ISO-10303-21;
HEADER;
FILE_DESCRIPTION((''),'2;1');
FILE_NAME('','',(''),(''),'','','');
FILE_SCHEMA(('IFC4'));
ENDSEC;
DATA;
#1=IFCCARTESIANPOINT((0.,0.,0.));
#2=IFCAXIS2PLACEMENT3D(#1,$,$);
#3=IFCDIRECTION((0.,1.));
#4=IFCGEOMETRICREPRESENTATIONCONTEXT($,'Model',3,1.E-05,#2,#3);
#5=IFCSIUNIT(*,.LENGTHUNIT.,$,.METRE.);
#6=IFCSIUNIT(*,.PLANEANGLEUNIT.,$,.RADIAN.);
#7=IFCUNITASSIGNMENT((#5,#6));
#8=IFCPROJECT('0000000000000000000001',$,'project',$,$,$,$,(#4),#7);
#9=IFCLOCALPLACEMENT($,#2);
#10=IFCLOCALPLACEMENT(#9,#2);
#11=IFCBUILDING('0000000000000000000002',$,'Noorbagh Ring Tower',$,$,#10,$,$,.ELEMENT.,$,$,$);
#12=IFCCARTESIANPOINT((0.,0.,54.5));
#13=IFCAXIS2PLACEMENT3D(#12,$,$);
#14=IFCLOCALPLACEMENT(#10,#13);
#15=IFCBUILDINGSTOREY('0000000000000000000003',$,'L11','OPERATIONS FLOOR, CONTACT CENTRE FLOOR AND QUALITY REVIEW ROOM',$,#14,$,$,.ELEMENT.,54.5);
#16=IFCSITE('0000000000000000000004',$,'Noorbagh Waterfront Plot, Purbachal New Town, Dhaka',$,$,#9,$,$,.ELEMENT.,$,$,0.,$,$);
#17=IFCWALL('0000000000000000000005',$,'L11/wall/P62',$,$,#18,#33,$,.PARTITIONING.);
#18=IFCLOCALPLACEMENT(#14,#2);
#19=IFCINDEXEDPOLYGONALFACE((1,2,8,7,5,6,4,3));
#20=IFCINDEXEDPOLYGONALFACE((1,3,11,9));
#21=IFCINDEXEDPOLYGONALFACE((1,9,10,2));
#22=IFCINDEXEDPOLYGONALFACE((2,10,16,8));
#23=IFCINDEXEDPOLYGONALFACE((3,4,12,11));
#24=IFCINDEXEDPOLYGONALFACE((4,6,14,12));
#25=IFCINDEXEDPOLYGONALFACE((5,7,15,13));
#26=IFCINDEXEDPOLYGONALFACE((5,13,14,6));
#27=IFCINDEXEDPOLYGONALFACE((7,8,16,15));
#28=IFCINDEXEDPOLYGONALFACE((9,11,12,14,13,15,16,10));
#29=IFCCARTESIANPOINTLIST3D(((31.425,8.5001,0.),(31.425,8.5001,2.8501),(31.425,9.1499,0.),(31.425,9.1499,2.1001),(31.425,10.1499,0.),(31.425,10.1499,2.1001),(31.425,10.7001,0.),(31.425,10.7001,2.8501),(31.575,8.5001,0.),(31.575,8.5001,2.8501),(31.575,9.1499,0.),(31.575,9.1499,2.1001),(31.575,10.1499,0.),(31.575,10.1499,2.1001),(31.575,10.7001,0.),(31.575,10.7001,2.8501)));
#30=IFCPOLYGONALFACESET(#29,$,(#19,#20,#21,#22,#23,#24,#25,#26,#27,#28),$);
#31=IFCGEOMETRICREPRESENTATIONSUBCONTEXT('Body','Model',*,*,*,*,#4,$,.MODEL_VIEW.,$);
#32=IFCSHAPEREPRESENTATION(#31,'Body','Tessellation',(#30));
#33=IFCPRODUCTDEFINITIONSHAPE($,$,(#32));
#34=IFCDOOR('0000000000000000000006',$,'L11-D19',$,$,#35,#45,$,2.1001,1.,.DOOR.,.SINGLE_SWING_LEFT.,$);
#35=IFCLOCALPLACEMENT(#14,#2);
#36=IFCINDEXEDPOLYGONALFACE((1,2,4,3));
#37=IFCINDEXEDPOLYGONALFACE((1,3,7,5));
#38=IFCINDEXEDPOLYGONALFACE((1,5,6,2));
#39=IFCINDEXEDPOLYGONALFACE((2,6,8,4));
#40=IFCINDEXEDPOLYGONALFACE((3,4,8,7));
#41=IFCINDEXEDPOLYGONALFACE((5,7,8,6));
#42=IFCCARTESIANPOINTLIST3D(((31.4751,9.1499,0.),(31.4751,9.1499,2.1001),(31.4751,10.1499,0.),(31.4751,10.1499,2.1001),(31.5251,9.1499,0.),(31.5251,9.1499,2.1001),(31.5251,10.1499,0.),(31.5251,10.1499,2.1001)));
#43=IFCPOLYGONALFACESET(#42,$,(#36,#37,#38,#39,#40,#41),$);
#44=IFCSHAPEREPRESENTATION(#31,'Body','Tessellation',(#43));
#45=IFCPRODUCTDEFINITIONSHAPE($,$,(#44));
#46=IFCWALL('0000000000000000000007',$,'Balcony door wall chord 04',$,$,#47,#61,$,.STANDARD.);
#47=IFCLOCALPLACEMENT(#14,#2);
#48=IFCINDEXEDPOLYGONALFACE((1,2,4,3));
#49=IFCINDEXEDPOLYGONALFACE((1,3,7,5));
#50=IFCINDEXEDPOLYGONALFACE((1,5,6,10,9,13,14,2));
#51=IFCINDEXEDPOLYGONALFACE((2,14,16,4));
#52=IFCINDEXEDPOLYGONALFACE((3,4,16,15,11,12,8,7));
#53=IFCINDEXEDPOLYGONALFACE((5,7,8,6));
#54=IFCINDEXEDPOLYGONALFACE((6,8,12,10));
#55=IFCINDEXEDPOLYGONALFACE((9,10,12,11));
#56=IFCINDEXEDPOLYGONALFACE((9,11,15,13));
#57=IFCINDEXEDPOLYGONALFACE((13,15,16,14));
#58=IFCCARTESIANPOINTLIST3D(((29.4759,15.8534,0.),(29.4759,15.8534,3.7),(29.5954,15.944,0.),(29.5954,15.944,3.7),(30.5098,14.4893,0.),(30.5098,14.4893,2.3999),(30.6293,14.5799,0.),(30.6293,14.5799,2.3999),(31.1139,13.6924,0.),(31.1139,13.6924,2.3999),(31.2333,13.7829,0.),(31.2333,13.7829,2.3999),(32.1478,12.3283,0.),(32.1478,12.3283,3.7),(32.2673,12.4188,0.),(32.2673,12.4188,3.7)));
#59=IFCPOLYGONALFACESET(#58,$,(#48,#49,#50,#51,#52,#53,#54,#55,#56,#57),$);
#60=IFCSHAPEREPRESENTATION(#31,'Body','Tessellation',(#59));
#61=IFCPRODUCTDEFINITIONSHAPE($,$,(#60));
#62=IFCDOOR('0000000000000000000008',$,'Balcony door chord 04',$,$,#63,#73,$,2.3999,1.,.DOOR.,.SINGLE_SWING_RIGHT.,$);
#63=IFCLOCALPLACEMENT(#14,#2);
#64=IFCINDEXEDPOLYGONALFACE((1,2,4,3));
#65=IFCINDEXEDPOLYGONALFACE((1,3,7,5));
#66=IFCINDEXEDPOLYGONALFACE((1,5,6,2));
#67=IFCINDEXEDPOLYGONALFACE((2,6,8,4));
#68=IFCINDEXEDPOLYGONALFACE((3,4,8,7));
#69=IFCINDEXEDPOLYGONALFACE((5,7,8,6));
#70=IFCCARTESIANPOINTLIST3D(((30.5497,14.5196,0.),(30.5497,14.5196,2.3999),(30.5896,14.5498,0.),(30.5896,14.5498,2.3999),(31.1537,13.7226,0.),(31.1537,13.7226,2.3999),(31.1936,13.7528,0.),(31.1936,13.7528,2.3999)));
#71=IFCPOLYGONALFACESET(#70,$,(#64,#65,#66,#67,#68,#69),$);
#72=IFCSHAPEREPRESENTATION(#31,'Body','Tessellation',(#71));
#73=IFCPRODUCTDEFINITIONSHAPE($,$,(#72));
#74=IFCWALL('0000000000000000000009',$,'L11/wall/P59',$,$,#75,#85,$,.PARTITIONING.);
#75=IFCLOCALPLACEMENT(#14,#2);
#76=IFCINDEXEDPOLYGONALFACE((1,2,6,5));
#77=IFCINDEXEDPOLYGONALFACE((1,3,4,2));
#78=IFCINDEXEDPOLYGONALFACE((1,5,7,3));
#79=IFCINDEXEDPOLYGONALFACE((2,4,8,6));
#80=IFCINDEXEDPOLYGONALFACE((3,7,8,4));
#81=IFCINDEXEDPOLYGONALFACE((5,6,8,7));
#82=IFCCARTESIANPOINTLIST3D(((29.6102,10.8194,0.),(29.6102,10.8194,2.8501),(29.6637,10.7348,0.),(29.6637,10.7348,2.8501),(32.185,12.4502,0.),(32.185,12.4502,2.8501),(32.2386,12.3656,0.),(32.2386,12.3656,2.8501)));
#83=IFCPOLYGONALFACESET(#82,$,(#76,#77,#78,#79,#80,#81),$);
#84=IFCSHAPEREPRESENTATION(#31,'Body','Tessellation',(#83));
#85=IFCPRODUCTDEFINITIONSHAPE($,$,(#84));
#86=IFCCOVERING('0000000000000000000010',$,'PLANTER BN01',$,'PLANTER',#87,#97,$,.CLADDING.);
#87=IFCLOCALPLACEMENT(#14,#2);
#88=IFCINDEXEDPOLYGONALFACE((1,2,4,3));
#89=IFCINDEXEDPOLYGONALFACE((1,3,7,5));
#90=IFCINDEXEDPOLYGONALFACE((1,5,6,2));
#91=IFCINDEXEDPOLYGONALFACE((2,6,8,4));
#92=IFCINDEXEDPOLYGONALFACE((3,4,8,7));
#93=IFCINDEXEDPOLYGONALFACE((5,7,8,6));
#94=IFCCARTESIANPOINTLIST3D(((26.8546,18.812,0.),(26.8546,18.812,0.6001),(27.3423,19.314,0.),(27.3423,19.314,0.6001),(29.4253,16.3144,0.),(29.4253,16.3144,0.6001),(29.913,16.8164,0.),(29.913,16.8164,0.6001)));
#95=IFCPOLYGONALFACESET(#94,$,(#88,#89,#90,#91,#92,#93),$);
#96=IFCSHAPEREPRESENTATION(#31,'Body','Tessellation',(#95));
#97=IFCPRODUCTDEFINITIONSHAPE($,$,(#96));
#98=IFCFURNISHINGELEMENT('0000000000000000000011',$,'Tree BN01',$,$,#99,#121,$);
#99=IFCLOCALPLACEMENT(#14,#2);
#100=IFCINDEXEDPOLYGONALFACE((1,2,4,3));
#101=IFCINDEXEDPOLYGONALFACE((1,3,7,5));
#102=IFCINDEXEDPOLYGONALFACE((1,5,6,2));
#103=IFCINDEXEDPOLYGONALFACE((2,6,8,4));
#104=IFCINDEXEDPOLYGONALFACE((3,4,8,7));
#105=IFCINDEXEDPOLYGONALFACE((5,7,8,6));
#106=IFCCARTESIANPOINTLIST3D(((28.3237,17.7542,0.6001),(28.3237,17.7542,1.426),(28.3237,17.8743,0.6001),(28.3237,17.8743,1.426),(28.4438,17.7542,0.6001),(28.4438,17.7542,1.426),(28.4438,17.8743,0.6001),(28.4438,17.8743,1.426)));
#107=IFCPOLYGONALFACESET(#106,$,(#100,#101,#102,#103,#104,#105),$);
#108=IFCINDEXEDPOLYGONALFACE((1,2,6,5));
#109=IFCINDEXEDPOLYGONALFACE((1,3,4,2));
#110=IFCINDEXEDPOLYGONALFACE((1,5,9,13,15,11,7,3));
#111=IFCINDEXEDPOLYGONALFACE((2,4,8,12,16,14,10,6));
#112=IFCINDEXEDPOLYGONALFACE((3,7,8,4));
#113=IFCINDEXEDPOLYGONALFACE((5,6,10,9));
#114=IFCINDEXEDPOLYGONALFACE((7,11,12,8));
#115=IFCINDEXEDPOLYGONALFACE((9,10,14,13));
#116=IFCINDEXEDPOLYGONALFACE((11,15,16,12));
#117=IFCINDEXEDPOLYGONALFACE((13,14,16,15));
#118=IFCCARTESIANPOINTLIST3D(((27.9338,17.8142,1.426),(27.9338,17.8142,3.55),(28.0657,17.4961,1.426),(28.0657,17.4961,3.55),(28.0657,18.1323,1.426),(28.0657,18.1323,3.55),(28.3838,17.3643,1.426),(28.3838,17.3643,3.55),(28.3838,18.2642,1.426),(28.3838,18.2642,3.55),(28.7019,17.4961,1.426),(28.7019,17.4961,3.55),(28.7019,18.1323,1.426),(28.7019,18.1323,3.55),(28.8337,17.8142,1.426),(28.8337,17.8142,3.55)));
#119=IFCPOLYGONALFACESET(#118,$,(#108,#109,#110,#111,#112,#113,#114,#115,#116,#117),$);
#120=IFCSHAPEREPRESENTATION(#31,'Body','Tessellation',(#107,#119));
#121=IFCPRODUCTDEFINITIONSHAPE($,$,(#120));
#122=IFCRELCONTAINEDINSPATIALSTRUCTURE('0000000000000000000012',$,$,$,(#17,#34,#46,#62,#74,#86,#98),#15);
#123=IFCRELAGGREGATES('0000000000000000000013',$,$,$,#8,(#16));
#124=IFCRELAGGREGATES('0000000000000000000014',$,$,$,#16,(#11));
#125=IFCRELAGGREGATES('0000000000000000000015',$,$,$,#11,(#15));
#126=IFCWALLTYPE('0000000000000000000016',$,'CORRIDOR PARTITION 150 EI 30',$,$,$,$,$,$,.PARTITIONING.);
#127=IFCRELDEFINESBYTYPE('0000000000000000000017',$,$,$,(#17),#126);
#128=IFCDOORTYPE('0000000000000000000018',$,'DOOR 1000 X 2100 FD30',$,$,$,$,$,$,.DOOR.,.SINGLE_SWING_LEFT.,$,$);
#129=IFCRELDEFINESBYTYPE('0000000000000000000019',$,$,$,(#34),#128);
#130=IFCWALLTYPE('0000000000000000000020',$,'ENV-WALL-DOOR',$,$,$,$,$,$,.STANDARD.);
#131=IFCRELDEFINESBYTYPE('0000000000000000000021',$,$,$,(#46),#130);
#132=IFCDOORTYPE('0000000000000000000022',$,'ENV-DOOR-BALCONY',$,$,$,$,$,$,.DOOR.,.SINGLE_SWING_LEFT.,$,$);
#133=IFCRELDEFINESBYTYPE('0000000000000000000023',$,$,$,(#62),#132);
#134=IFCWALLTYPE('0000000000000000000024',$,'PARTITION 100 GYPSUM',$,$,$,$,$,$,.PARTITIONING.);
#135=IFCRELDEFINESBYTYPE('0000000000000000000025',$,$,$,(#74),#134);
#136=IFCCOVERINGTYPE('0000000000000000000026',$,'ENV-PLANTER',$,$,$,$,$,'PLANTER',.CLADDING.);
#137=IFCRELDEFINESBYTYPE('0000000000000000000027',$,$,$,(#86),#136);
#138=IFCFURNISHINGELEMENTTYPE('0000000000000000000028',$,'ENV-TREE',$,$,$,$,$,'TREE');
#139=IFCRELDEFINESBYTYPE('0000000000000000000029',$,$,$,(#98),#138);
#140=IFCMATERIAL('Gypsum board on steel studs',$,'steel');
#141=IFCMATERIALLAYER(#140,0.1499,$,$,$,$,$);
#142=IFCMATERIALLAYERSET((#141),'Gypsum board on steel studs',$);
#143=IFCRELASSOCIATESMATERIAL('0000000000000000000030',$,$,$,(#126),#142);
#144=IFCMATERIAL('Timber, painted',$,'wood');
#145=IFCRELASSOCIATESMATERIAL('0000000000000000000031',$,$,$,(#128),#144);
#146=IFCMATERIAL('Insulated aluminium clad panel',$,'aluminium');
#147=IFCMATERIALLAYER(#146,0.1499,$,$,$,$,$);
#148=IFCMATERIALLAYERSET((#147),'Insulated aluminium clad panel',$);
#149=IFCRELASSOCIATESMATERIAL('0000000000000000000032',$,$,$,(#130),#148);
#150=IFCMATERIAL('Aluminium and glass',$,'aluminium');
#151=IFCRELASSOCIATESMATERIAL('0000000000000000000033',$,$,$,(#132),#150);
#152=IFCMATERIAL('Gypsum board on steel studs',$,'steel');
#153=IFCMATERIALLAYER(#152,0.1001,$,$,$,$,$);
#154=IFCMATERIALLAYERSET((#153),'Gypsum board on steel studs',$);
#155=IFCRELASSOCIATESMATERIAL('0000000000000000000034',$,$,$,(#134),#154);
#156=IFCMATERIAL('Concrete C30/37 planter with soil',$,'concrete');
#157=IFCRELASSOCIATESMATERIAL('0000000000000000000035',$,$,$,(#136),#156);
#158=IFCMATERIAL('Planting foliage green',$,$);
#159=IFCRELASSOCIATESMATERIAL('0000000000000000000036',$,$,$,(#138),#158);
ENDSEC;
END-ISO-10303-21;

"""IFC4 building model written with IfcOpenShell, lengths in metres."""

from ifc_helpers import new_model, si_unit, direction, frame, frame_2d, origin, origin_2d, place, context, subcontext, project, spatial, polyline, rectangle, outline, extrude, material, layer, layer_set, type_object, element, fill, save


model = new_model("IFC4")

# Units and contexts
model_context = context("Model", 3, precision=1e-05, world=origin(), true_north=direction((0.0, 1.0)))
body_context = subcontext(model_context, "Body", "Model", "MODEL_VIEW")
ifc_project = project(units=[si_unit("LENGTHUNIT", "METRE"), si_unit("PLANEANGLEUNIT", "RADIAN")], contexts=[model_context])

# Site, building, storey
site_placement = place(None, origin())
site = spatial("IfcSite", under=ifc_project, at=site_placement, Name="Noorbagh Waterfront Plot, Purbachal New Town, Dhaka", CompositionType="ELEMENT", RefElevation=0.0)
building_placement = place(site_placement, origin())
building = spatial("IfcBuilding", under=site, at=building_placement, Name="Noorbagh Ring Tower", CompositionType="ELEMENT")
storey_placement = place(building_placement, frame((0.0, 0.0, 54.5)))
storey = spatial("IfcBuildingStorey", under=building, at=storey_placement, Name="L11", Description="OPERATIONS FLOOR, CONTACT CENTRE FLOOR AND QUALITY REVIEW ROOM", CompositionType="ELEMENT", Elevation=54.5)

# Walls, openings, doors
ifc_material_1 = material(Name="Gypsum board on steel studs", Category="steel")
ifc_layer_1 = layer(ifc_material_1, 0.1499)
ifc_layer_set_1 = layer_set([ifc_layer_1], Name="Gypsum board on steel studs")
wall_type_1 = type_object("IfcWallType", Name="CORRIDOR PARTITION 150 EI 30", PredefinedType="PARTITIONING", material=ifc_layer_set_1)
wall_1_placement = place(storey_placement, frame((31.5, 8.5, 0.0), z_axis=(0.0, 0.0, 1.0), x_axis=(0.0, 1.0, 0.0)))
wall_1 = element("IfcWall", 1, at=wall_1_placement, inside=storey, type_object=wall_type_1, Name="L11/wall/P62", PredefinedType="PARTITIONING", context=body_context, shape_type="SweptSolid", body=[
    extrude(rectangle(XDim=2.2, YDim=0.1499, at=frame_2d((1.1001, 0.0))), origin(), (0.0, 0.0, 1.0), 2.8501),
])
opening_1_placement = place(wall_1_placement, frame((0.6499, 0.0, 0.0)))
opening_1 = element("IfcOpeningElement", 2, at=opening_1_placement, cuts=wall_1, PredefinedType="OPENING", context=body_context, shape_type="SweptSolid", body=[
    extrude(rectangle(XDim=1.0, YDim=2.1001, at=frame_2d((0.5, 1.05))), frame((0.0, 0.085, 0.0), z_axis=(0.0, -1.0, 0.0), x_axis=(1.0, 0.0, 0.0)), (0.0, 0.0, 1.0), 0.1699),
])
ifc_material_2 = material(Name="Timber, painted", Category="wood")
door_type_1 = type_object("IfcDoorType", Name="DOOR 1000 X 2100 FD30", OperationType="SINGLE_SWING_LEFT", PredefinedType="DOOR", material=ifc_material_2)
door_1_placement = place(opening_1_placement, origin())
door_1 = element("IfcDoor", 3, at=door_1_placement, inside=storey, type_object=door_type_1, Name="L11-D19", OperationType="SINGLE_SWING_LEFT", OverallHeight=2.1001, OverallWidth=1.0, PredefinedType="DOOR", context=body_context, shape_type="SweptSolid", body=[
    extrude(rectangle(XDim=1.0, YDim=2.1001, at=frame_2d((0.5, 1.05))), frame((0.0, 0.0249, 0.0), z_axis=(0.0, -1.0, 0.0), x_axis=(1.0, 0.0, 0.0)), (0.0, 0.0, 1.0), 0.05),
])
fill(opening_1, door_1)
ifc_material_3 = material(Name="Insulated aluminium clad panel", Category="aluminium")
ifc_layer_2 = layer(ifc_material_3, 0.1499)
ifc_layer_set_2 = layer_set([ifc_layer_2], Name="Insulated aluminium clad panel")
wall_type_2 = type_object("IfcWallType", Name="ENV-WALL-DOOR", PredefinedType="STANDARD", material=ifc_layer_set_2)
wall_2_placement = place(storey_placement, frame((32.2075, 12.3735, 0.0), z_axis=(0.0, 0.0, 1.0), x_axis=(-0.604046, 0.79695, 0.0)))
wall_2 = element("IfcWall", 4, at=wall_2_placement, inside=storey, type_object=wall_type_2, Name="Balcony door wall chord 04", PredefinedType="STANDARD", context=body_context, shape_type="SweptSolid", body=[
    extrude(rectangle(XDim=4.4233, YDim=0.1499, at=frame_2d((2.2117, 0.0))), origin(), (0.0, 0.0, 1.0), 3.7),
])
opening_2_placement = place(wall_2_placement, frame((1.7117, 0.0, 0.0)))
opening_2 = element("IfcOpeningElement", 5, at=opening_2_placement, cuts=wall_2, PredefinedType="OPENING", context=body_context, shape_type="SweptSolid", body=[
    extrude(rectangle(XDim=1.0, YDim=2.3999, at=frame_2d((0.5, 1.2))), frame((0.0, 0.085, 0.0), z_axis=(0.0, -1.0, 0.0), x_axis=(1.0, 0.0, 0.0)), (0.0, 0.0, 1.0), 0.1699),
])
ifc_material_4 = material(Name="Aluminium and glass", Category="aluminium")
door_type_2 = type_object("IfcDoorType", Name="ENV-DOOR-BALCONY", OperationType="SINGLE_SWING_LEFT", PredefinedType="DOOR", material=ifc_material_4)
door_2_placement = place(opening_2_placement, origin())
door_2 = element("IfcDoor", 6, at=door_2_placement, inside=storey, type_object=door_type_2, Name="Balcony door chord 04", OperationType="SINGLE_SWING_RIGHT", OverallHeight=2.3999, OverallWidth=1.0, PredefinedType="DOOR", context=body_context, shape_type="SweptSolid", body=[
    extrude(rectangle(XDim=1.0, YDim=2.3999, at=frame_2d((0.5, 1.2))), frame((0.0, 0.0249, 0.0), z_axis=(0.0, -1.0, 0.0), x_axis=(1.0, 0.0, 0.0)), (0.0, 0.0, 1.0), 0.05),
])
fill(opening_2, door_2)

# Wall
ifc_material_5 = material(Name="Gypsum board on steel studs", Category="steel")
ifc_layer_3 = layer(ifc_material_5, 0.1001)
ifc_layer_set_3 = layer_set([ifc_layer_3], Name="Gypsum board on steel studs")
wall_type_3 = type_object("IfcWallType", Name="PARTITION 100 GYPSUM", PredefinedType="PARTITIONING", material=ifc_layer_set_3)
wall_3_placement = place(storey_placement, frame((29.637, 10.7771, 0.0), z_axis=(0.0, 0.0, 1.0), x_axis=(0.844811, 0.535065, 0.0)))
element("IfcWall", 7, at=wall_3_placement, inside=storey, type_object=wall_type_3, Name="L11/wall/P59", PredefinedType="PARTITIONING", context=body_context, shape_type="SweptSolid", body=[
    extrude(rectangle(XDim=3.0479, YDim=0.1001, at=frame_2d((1.5239, 0.0))), origin(), (0.0, 0.0, 1.0), 2.8501),
])

# Covering
ifc_material_6 = material(Name="Concrete C30/37 planter with soil", Category="concrete")
covering_type = type_object("IfcCoveringType", Name="ENV-PLANTER", ElementType="PLANTER", PredefinedType="CLADDING", material=ifc_material_6)
covering_placement = place(storey_placement, frame((28.3838, 17.8142, 0.0), z_axis=(0.0, 0.0, 1.0), x_axis=(-0.717225, 0.696842, 0.0)))
element("IfcCovering", 8, at=covering_placement, inside=storey, type_object=covering_type, Name="PLANTER BN01", ObjectType="PLANTER", PredefinedType="CLADDING", context=body_context, shape_type="SweptSolid", body=[
    extrude(rectangle(XDim=3.5842, YDim=0.7, at=origin_2d()), origin(), (0.0, 0.0, 1.0), 0.6001),
])

# Furnishing element
ifc_material_7 = material(Name="Planting foliage green")
furnishing_element_type = type_object("IfcFurnishingElementType", Name="ENV-TREE", ElementType="TREE", material=ifc_material_7)
furnishing_placement = place(storey_placement, frame((28.3838, 17.8142, 0.6001), z_axis=(0.0, 0.0, 1.0), x_axis=(1.0, 0.0, 0.0)))
element("IfcFurnishingElement", 9, at=furnishing_placement, inside=storey, type_object=furnishing_element_type, Name="Tree BN01", context=body_context, shape_type="SweptSolid", body=[
    extrude(rectangle(XDim=0.1201, YDim=0.1201, at=origin_2d()), origin(), (0.0, 0.0, 1.0), 0.8259),
    extrude(outline(polyline([(0.45, 0.0), (0.3181, 0.3181), (0.0, 0.45), (-0.3181, 0.3181), (-0.45, 0.0), (-0.3181, -0.3181), (0.0, -0.45), (0.3181, -0.3181), (0.45, 0.0)])), frame((0.0, 0.0, 0.8259)), (0.0, 0.0, 1.0), 2.124),
])

save(model, "model.ifc")
